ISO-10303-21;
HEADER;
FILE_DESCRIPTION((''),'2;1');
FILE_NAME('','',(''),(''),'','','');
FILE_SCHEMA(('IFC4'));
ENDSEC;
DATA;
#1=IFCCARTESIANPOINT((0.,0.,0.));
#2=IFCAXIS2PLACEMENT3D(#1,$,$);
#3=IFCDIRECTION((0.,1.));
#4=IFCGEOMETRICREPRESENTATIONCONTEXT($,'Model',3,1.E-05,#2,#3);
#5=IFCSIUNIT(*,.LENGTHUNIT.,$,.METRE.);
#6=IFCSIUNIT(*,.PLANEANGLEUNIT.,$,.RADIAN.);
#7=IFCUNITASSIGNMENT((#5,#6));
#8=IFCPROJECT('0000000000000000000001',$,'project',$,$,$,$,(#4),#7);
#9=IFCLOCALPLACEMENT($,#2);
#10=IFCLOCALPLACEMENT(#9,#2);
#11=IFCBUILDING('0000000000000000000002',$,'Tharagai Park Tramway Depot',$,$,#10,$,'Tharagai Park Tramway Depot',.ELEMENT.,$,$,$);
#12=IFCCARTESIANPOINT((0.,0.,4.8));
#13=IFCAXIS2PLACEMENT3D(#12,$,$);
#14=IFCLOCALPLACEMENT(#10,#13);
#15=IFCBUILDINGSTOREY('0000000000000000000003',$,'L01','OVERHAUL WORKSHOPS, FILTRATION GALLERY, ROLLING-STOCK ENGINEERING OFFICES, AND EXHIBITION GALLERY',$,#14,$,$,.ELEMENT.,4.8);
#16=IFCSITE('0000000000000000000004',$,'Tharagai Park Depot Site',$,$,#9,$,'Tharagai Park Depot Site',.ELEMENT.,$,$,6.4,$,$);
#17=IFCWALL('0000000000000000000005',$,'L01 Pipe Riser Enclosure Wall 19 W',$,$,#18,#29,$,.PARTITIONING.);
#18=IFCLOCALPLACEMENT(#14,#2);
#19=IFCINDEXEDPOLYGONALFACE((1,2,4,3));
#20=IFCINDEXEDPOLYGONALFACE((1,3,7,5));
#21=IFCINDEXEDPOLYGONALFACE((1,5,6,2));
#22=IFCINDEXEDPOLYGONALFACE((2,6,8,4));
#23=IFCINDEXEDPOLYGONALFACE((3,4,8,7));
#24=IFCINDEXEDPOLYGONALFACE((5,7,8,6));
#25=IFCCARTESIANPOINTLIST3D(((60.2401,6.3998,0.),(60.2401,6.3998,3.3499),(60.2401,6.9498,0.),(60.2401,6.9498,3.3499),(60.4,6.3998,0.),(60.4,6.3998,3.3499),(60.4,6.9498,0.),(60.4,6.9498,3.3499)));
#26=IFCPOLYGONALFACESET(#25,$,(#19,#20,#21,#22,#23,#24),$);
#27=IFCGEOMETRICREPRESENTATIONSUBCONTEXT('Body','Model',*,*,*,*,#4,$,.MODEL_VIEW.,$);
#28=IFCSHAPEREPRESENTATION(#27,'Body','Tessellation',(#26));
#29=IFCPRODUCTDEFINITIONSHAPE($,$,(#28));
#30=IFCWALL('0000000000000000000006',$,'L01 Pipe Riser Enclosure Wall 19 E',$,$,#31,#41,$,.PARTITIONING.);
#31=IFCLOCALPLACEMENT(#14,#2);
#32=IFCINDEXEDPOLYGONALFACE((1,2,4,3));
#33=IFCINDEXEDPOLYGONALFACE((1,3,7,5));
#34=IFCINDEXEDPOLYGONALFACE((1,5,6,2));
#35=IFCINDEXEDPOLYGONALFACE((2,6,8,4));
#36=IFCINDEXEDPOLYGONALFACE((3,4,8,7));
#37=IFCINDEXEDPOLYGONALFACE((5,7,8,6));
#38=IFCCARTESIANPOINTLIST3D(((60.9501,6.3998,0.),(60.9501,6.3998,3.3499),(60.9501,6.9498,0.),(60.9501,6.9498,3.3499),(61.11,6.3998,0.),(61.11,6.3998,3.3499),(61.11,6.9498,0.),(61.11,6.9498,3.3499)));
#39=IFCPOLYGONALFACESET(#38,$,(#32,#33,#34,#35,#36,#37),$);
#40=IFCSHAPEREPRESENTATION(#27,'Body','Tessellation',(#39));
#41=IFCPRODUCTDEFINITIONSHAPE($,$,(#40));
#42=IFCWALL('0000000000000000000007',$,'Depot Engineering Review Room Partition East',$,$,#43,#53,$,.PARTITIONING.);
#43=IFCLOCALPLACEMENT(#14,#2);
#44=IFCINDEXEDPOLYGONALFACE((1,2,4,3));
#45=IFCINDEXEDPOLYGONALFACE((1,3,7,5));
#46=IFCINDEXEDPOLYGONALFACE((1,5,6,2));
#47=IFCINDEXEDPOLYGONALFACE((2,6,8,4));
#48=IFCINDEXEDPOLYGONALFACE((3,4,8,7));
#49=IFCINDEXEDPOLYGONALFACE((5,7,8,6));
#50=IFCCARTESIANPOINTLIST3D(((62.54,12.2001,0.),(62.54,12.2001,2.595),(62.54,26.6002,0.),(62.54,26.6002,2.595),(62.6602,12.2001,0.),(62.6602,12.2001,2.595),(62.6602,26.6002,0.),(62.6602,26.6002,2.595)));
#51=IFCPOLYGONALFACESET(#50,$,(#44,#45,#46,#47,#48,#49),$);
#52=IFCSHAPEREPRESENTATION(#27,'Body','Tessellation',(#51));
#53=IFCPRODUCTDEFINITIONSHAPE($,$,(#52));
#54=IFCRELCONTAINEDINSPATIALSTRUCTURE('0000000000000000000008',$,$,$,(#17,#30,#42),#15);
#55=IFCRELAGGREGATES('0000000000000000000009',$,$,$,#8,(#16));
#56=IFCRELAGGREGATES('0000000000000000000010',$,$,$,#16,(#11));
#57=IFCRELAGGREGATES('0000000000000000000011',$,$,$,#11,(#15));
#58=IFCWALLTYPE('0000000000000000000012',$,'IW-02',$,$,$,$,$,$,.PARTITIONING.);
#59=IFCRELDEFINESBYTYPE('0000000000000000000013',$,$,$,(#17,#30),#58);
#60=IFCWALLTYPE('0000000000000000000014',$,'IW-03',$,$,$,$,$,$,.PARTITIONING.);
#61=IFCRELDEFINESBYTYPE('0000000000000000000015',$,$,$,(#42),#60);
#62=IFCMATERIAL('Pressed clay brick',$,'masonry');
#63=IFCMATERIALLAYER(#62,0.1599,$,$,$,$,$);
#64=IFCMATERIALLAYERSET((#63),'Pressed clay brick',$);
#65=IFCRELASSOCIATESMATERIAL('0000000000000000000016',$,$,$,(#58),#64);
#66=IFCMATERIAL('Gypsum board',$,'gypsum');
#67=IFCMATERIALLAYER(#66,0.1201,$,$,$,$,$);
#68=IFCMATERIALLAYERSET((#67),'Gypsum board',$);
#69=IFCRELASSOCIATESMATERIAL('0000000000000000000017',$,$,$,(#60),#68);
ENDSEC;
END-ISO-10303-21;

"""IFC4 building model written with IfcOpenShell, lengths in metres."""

from ifc_helpers import new_model, si_unit, direction, frame, frame_2d, origin, place, context, subcontext, project, spatial, rectangle, extrude, material, layer, layer_set, type_object, element, save


model = new_model("IFC4")

# Units and contexts
model_context = context("Model", 3, precision=1e-05, world=origin(), true_north=direction((0.0, 1.0)))
body_context = subcontext(model_context, "Body", "Model", "MODEL_VIEW")
ifc_project = project(units=[si_unit("LENGTHUNIT", "METRE"), si_unit("PLANEANGLEUNIT", "RADIAN")], contexts=[model_context])

# Site, building, storey
site_placement = place(None, origin())
site = spatial("IfcSite", under=ifc_project, at=site_placement, Name="Tharagai Park Depot Site", LongName="Tharagai Park Depot Site", CompositionType="ELEMENT", RefElevation=6.4)
building_placement = place(site_placement, origin())
building = spatial("IfcBuilding", under=site, at=building_placement, Name="Tharagai Park Tramway Depot", LongName="Tharagai Park Tramway Depot", CompositionType="ELEMENT")
storey_placement = place(building_placement, frame((0.0, 0.0, 4.8)))
storey = spatial("IfcBuildingStorey", under=building, at=storey_placement, Name="L01", Description="OVERHAUL WORKSHOPS, FILTRATION GALLERY, ROLLING-STOCK ENGINEERING OFFICES, AND EXHIBITION GALLERY", CompositionType="ELEMENT", Elevation=4.8)

# Walls
ifc_material_1 = material(Name="Pressed clay brick", Category="masonry")
ifc_layer_1 = layer(ifc_material_1, 0.1599)
ifc_layer_set_1 = layer_set([ifc_layer_1], Name="Pressed clay brick")
wall_type_1 = type_object("IfcWallType", Name="IW-02", PredefinedType="PARTITIONING", material=ifc_layer_set_1)
for number, where, z_axis, x_axis, name in (
    (1, (60.3201, 6.3999, 0.0), (0.0, 0.0, 1.0), (0.0, 1.0, 0.0), "L01 Pipe Riser Enclosure Wall 19 W"),
    (2, (61.03, 6.3999, 0.0), (0.0, 0.0, 1.0), (0.0, 1.0, 0.0), "L01 Pipe Riser Enclosure Wall 19 E"),
):
    element("IfcWall", number, at=place(storey_placement, frame(where, z_axis=z_axis, x_axis=x_axis)), inside=storey, type_object=wall_type_1, Name=name, PredefinedType="PARTITIONING", context=body_context, shape_type="SweptSolid", body=[
        extrude(rectangle(XDim=0.55, YDim=0.1599, at=frame_2d((0.2749, 0.0))), origin(), (0.0, 0.0, 1.0), 3.3499),
    ])
ifc_material_2 = material(Name="Gypsum board", Category="gypsum")
ifc_layer_2 = layer(ifc_material_2, 0.1201)
ifc_layer_set_2 = layer_set([ifc_layer_2], Name="Gypsum board")
wall_type_2 = type_object("IfcWallType", Name="IW-03", PredefinedType="PARTITIONING", material=ifc_layer_set_2)
wall_1_placement = place(storey_placement, frame((62.6001, 12.2, 0.0), z_axis=(0.0, 0.0, 1.0), x_axis=(0.0, 1.0, 0.0)))
element("IfcWall", 3, at=wall_1_placement, inside=storey, type_object=wall_type_2, Name="Depot Engineering Review Room Partition East", PredefinedType="PARTITIONING", context=body_context, shape_type="SweptSolid", body=[
    extrude(rectangle(XDim=14.4001, YDim=0.1201, at=frame_2d((7.2002, 0.0))), origin(), (0.0, 0.0, 1.0), 2.595),
])

save(model, "model.ifc")
